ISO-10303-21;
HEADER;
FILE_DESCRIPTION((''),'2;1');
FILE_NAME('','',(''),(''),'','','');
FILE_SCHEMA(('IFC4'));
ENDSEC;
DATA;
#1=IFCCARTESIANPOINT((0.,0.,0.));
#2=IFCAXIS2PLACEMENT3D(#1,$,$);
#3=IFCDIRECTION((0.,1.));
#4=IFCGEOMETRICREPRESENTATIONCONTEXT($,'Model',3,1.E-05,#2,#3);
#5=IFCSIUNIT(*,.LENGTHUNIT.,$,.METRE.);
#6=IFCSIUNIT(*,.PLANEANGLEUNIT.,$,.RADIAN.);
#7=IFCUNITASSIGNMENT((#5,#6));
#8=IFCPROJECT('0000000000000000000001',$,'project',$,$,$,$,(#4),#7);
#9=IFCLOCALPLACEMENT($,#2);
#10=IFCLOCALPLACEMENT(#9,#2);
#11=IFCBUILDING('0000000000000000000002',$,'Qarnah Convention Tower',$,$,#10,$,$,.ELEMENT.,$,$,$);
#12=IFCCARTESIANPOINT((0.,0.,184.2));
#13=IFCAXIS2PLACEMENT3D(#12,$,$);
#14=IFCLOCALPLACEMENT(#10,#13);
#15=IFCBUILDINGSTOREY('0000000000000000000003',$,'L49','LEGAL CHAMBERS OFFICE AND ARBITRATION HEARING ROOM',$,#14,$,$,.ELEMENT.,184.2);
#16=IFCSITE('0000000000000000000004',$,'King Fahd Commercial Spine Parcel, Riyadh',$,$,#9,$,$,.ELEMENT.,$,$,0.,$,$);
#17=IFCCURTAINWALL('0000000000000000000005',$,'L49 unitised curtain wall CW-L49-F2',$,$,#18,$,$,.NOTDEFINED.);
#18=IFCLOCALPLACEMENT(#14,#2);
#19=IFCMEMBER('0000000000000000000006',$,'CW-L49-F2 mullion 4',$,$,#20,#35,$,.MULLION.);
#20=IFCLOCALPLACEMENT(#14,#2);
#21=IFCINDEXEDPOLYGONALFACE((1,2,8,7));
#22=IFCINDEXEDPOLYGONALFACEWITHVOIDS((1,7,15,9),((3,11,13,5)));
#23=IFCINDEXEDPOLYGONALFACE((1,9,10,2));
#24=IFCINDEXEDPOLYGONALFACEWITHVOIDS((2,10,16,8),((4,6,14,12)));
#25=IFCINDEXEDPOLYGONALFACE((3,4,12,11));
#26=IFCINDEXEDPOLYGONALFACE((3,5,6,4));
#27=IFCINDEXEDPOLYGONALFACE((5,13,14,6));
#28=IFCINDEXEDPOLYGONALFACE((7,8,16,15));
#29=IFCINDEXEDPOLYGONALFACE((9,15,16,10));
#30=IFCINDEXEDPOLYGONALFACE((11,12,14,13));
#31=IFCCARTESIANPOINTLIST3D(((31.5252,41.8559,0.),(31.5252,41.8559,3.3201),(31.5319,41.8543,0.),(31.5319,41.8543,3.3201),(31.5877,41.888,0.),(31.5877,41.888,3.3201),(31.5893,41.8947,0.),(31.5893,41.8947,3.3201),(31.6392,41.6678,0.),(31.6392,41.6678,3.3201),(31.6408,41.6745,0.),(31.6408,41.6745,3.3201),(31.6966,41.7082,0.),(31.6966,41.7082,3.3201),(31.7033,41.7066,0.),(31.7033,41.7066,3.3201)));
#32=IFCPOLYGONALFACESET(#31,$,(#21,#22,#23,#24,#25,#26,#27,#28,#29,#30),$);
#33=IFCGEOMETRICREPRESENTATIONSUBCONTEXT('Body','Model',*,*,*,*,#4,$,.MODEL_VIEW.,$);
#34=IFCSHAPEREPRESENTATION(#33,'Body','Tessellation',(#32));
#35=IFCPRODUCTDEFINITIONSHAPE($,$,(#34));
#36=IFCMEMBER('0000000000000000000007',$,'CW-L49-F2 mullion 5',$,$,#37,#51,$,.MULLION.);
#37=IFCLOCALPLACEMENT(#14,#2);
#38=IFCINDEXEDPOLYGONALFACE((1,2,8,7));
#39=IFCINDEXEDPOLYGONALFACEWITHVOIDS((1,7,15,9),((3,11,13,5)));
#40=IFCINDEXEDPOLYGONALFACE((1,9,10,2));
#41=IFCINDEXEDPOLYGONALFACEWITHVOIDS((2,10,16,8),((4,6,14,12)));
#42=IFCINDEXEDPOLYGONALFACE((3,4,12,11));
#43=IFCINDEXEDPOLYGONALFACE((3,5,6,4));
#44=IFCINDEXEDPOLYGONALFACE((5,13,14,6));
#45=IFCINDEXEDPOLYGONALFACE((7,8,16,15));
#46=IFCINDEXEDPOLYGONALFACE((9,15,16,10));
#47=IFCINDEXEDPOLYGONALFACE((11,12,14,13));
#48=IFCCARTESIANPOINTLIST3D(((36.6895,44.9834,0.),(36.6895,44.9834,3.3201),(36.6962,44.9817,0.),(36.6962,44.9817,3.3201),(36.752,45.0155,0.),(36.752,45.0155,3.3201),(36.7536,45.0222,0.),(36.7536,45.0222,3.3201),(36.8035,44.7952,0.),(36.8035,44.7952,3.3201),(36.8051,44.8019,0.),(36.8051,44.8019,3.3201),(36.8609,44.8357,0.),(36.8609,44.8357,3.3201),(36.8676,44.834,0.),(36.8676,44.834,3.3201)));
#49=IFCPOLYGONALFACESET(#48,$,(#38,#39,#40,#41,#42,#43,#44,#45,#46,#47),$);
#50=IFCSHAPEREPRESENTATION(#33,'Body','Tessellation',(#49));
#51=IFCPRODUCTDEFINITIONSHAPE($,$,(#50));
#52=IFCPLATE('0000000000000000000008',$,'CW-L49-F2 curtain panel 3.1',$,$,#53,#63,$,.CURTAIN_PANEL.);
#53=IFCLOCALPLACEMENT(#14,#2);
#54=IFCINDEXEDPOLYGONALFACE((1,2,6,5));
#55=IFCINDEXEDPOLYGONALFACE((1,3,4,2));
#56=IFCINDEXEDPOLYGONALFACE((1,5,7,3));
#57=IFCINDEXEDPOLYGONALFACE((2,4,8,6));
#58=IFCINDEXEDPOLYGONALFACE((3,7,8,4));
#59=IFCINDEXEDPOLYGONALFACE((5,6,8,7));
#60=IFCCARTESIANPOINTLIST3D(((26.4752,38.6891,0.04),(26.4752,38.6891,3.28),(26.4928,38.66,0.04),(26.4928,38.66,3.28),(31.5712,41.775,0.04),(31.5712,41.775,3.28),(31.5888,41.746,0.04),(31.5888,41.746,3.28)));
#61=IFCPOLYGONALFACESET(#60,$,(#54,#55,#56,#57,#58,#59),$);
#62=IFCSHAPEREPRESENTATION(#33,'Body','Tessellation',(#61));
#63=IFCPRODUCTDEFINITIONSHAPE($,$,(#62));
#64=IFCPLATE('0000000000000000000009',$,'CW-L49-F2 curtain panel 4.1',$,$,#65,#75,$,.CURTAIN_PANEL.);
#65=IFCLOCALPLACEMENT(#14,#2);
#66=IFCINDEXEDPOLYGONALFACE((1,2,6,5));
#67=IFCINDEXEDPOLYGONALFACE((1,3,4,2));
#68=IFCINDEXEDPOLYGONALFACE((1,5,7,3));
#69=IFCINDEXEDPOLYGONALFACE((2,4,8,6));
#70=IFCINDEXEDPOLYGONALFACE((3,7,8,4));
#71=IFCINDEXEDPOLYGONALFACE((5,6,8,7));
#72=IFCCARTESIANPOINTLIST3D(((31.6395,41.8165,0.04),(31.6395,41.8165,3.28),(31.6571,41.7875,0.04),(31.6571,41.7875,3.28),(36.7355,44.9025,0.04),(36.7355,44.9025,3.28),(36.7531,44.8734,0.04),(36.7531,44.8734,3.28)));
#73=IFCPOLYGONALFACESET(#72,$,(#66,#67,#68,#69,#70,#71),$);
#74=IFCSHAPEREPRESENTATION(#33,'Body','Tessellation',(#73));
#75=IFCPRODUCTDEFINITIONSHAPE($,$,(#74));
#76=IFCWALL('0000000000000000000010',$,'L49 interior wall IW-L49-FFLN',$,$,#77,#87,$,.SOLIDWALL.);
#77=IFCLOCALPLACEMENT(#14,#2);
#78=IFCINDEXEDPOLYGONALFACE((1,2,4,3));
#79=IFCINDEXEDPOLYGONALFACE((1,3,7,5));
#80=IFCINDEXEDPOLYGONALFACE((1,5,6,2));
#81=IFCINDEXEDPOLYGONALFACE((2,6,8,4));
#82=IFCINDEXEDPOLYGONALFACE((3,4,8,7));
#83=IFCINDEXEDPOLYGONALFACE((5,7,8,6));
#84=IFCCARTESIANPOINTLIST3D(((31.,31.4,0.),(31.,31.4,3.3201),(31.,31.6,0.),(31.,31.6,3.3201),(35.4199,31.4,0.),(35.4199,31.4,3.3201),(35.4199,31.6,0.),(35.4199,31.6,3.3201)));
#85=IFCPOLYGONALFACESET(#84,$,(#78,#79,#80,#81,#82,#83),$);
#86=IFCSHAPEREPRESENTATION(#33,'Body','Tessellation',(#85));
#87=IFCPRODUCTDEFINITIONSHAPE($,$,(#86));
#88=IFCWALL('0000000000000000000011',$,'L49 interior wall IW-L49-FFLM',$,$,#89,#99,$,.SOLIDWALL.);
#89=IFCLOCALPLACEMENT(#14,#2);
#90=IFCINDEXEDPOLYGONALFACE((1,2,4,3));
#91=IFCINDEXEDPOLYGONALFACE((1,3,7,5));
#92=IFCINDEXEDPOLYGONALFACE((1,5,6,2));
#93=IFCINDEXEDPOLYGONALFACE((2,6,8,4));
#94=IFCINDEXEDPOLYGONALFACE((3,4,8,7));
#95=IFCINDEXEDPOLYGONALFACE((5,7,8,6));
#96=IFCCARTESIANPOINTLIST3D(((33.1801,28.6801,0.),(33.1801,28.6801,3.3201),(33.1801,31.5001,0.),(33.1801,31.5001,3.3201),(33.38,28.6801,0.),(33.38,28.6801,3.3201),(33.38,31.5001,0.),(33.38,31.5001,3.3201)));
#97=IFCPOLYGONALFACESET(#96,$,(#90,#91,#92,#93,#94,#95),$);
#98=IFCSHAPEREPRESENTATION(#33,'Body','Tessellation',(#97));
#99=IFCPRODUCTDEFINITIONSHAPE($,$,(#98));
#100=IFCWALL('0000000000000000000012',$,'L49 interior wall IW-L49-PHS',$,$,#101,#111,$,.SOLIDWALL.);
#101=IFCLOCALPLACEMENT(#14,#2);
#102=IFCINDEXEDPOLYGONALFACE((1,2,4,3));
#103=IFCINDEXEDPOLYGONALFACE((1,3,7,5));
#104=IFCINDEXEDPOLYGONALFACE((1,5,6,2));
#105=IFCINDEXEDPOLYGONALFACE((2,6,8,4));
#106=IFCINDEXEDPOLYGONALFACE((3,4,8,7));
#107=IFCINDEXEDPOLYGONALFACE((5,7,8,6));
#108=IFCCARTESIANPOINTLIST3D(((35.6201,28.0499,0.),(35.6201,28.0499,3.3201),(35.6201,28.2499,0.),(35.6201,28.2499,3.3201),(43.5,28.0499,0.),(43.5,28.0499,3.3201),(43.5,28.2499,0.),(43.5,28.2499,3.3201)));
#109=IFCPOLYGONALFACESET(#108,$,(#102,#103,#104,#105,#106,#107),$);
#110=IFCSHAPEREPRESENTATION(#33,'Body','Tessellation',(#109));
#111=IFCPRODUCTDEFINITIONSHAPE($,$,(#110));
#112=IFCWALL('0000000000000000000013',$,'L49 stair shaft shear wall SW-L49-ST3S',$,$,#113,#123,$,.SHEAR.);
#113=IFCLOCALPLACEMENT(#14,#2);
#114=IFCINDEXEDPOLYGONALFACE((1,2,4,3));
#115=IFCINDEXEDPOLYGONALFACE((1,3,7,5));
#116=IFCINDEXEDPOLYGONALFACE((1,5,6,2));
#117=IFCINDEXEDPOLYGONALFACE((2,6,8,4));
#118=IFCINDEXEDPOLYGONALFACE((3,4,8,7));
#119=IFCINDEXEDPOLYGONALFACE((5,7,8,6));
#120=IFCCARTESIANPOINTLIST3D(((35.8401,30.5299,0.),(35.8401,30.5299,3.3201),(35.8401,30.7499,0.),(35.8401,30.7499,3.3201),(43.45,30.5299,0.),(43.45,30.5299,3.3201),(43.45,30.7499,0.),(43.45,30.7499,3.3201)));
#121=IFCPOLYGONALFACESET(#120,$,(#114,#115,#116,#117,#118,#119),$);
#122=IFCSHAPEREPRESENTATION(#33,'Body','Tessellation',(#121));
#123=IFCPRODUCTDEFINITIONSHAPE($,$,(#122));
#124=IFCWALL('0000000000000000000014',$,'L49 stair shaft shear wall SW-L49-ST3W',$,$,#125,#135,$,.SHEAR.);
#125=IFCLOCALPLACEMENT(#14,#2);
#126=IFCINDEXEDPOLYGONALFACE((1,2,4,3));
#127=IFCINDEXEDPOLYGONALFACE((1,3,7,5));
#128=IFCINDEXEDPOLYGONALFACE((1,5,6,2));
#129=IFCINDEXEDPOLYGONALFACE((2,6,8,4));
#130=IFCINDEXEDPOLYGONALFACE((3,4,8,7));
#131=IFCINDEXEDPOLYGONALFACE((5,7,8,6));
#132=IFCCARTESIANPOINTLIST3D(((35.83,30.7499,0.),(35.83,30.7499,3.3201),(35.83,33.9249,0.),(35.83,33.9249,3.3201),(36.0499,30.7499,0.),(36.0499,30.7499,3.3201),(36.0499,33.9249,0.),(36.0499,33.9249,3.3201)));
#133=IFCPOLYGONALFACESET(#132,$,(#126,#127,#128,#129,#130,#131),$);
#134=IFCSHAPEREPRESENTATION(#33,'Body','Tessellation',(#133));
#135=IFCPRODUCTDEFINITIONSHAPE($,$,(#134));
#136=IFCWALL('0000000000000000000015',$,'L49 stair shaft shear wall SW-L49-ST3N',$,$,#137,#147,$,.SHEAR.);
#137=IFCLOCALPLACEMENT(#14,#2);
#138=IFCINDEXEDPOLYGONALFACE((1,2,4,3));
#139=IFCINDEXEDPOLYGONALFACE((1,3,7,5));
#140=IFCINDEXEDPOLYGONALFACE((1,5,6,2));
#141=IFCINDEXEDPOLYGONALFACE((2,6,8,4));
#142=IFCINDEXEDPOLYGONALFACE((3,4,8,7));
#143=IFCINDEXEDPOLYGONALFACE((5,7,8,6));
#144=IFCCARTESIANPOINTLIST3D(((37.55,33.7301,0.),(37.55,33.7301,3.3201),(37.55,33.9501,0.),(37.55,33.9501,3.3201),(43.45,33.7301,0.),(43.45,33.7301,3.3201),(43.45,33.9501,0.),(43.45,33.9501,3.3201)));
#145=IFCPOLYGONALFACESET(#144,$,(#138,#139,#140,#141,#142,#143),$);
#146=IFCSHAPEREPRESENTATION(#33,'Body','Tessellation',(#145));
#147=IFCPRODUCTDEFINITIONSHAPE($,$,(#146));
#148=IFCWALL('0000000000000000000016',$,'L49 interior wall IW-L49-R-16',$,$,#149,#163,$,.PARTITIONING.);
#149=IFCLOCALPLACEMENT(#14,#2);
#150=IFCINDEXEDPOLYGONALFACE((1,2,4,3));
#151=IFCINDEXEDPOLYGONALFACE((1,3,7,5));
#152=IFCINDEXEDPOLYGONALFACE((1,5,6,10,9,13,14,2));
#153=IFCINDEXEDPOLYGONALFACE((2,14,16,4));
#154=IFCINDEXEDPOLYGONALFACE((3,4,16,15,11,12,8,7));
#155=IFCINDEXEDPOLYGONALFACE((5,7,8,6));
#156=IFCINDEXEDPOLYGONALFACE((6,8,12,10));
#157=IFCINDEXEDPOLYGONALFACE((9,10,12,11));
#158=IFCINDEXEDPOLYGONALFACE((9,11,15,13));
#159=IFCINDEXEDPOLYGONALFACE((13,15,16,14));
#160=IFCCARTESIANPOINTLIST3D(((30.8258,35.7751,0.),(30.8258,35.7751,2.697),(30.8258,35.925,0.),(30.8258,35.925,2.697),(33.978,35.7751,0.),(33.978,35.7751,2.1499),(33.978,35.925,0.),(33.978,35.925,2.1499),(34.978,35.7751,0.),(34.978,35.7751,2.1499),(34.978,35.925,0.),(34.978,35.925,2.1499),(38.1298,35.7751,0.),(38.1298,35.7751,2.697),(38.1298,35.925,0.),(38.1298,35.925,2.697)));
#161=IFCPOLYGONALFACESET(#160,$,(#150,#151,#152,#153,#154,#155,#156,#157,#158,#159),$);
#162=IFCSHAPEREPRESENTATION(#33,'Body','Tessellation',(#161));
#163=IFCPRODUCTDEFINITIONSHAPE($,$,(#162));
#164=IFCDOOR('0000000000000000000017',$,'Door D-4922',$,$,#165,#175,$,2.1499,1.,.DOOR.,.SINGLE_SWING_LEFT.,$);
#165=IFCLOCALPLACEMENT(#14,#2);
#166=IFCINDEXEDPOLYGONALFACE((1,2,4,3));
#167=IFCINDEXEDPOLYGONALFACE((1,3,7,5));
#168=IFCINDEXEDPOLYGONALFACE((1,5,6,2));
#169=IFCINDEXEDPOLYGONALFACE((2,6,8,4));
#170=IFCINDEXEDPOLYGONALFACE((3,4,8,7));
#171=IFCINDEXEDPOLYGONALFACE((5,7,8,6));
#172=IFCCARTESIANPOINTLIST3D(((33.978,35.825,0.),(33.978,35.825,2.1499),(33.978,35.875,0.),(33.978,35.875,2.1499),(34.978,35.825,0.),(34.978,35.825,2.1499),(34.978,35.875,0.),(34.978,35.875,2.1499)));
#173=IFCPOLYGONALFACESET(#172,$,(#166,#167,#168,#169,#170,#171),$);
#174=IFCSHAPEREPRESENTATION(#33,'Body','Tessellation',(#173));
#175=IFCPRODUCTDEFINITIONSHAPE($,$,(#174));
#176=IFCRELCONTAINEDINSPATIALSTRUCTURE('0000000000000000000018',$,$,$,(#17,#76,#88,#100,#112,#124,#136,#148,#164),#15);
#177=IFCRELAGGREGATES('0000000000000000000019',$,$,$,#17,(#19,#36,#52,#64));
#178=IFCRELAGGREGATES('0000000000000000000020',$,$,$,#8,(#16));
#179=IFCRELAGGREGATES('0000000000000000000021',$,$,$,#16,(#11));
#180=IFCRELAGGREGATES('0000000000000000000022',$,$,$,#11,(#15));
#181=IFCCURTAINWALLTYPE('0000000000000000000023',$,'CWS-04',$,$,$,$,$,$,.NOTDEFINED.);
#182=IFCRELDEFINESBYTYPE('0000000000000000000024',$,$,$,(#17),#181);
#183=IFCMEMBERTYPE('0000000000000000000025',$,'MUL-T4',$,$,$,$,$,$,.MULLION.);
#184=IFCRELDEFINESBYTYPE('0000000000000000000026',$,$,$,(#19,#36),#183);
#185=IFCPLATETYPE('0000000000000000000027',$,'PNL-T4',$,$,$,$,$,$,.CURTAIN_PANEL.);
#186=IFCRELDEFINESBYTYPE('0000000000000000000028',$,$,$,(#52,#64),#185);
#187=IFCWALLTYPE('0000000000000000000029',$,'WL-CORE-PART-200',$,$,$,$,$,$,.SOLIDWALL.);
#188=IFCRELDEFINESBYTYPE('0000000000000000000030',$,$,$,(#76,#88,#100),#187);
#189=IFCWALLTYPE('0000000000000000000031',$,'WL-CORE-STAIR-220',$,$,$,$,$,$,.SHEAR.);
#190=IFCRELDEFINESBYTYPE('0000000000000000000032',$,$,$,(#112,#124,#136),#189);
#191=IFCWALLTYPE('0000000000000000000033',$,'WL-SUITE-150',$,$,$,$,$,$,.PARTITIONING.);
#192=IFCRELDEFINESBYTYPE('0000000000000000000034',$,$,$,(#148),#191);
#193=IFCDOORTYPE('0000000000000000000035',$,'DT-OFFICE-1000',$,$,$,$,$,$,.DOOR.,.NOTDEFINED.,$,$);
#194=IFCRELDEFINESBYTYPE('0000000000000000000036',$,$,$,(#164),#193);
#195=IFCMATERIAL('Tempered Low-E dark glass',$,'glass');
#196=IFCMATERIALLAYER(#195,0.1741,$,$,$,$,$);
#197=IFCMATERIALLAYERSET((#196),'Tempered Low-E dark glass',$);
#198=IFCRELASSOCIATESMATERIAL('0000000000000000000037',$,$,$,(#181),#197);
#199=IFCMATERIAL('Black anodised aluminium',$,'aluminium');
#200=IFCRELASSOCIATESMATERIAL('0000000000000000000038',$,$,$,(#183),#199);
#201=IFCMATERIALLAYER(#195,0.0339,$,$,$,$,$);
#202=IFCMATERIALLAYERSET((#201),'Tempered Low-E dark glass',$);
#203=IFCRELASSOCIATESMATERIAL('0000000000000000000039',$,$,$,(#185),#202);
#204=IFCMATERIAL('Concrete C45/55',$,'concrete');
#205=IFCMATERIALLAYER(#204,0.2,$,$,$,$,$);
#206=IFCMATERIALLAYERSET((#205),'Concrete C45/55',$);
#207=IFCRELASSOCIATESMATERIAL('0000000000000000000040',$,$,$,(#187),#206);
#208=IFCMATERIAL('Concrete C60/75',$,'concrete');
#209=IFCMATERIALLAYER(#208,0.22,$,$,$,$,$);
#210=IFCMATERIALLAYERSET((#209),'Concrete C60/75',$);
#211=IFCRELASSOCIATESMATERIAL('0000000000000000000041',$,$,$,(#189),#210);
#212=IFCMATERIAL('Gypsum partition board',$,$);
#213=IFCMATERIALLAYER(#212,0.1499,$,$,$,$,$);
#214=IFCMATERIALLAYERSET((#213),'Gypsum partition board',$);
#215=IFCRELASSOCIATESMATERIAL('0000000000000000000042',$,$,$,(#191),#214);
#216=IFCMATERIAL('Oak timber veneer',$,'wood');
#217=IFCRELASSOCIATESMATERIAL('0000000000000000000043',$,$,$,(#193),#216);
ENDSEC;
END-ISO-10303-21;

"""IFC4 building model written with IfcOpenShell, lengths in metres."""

from ifc_helpers import new_model, si_unit, direction, frame, frame_2d, origin, origin_2d, place, context, subcontext, project, spatial, rectangle, hollow_rectangle, extrude, material, layer, layer_set, material_profile, profile_set, type_object, element, fill, aggregate, save


model = new_model("IFC4")

# Units and contexts
model_context = context("Model", 3, precision=1e-05, world=origin(), true_north=direction((0.0, 1.0)))
body_context = subcontext(model_context, "Body", "Model", "MODEL_VIEW")
ifc_project = project(units=[si_unit("LENGTHUNIT", "METRE"), si_unit("PLANEANGLEUNIT", "RADIAN")], contexts=[model_context])

# Site, building, storey
site_placement = place(None, origin())
site = spatial("IfcSite", under=ifc_project, at=site_placement, Name="King Fahd Commercial Spine Parcel, Riyadh", CompositionType="ELEMENT", RefElevation=0.0)
building_placement = place(site_placement, origin())
building = spatial("IfcBuilding", under=site, at=building_placement, Name="Qarnah Convention Tower", CompositionType="ELEMENT")
storey_placement = place(building_placement, frame((0.0, 0.0, 184.2)))
storey = spatial("IfcBuildingStorey", under=building, at=storey_placement, Name="L49", Description="LEGAL CHAMBERS OFFICE AND ARBITRATION HEARING ROOM", CompositionType="ELEMENT", Elevation=184.2)

# Curtain wall, members, plates
ifc_material_1 = material(Name="Tempered Low-E dark glass", Category="glass")
ifc_layer_1 = layer(ifc_material_1, 0.1741)
ifc_layer_set_1 = layer_set([ifc_layer_1], Name="Tempered Low-E dark glass")
curtain_wall_type = type_object("IfcCurtainWallType", Name="CWS-04", PredefinedType="NOTDEFINED", material=ifc_layer_set_1)
curtain_wall_placement = place(storey_placement, origin())
curtain_wall = element("IfcCurtainWall", 1, at=curtain_wall_placement, inside=storey, type_object=curtain_wall_type, Name="L49 unitised curtain wall CW-L49-F2", PredefinedType="NOTDEFINED")
ifc_material_2 = material(Name="Black anodised aluminium", Category="aluminium")
ifc_material_profile_1 = material_profile(ifc_material_2, hollow_rectangle(XDim=0.075, YDim=0.22, WallThickness=0.0049, at=origin_2d()), Name="MUL-75X220")
ifc_profile_set_1 = profile_set([ifc_material_profile_1], Name="Black anodised aluminium")
member_type = type_object("IfcMemberType", Name="MUL-T4", PredefinedType="MULLION", material=ifc_profile_set_1)
member_1_placement = place(storey_placement, frame((31.6143, 41.7812, 0.0), z_axis=(0.0, 0.0, 1.0), x_axis=(0.855384, 0.517994, 0.0)))
member_1 = element("IfcMember", 2, at=member_1_placement, type_object=member_type, Name="CW-L49-F2 mullion 4", PredefinedType="MULLION", context=body_context, shape_type="SweptSolid", body=[
    extrude(hollow_rectangle(XDim=0.075, YDim=0.22, WallThickness=0.0049, at=origin_2d()), origin(), (0.0, 0.0, 1.0), 3.3201),
])
member_2_placement = place(storey_placement, frame((36.7786, 44.9087, 0.0), z_axis=(0.0, 0.0, 1.0), x_axis=(0.855384, 0.517994, 0.0)))
member_2 = element("IfcMember", 3, at=member_2_placement, type_object=member_type, Name="CW-L49-F2 mullion 5", PredefinedType="MULLION", context=body_context, shape_type="SweptSolid", body=[
    extrude(hollow_rectangle(XDim=0.075, YDim=0.22, WallThickness=0.0049, at=origin_2d()), origin(), (0.0, 0.0, 1.0), 3.3201),
])
ifc_layer_2 = layer(ifc_material_1, 0.0339)
ifc_layer_set_2 = layer_set([ifc_layer_2], Name="Tempered Low-E dark glass")
plate_type = type_object("IfcPlateType", Name="PNL-T4", PredefinedType="CURTAIN_PANEL", material=ifc_layer_set_2)
plate_1_placement = place(storey_placement, frame((29.032, 40.2175, 0.04), z_axis=(0.0, 0.0, 1.0), x_axis=(0.855384, 0.517994, 0.0)))
plate_1 = element("IfcPlate", 4, at=plate_1_placement, type_object=plate_type, Name="CW-L49-F2 curtain panel 3.1", PredefinedType="CURTAIN_PANEL", context=body_context, shape_type="SweptSolid", body=[
    extrude(rectangle(XDim=5.9575, YDim=0.0339, at=origin_2d()), origin(), (0.0, 0.0, 1.0), 3.24),
])
plate_2_placement = place(storey_placement, frame((34.1963, 43.345, 0.04), z_axis=(0.0, 0.0, 1.0), x_axis=(0.855384, 0.517994, 0.0)))
plate_2 = element("IfcPlate", 5, at=plate_2_placement, type_object=plate_type, Name="CW-L49-F2 curtain panel 4.1", PredefinedType="CURTAIN_PANEL", context=body_context, shape_type="SweptSolid", body=[
    extrude(rectangle(XDim=5.9575, YDim=0.0339, at=origin_2d()), origin(), (0.0, 0.0, 1.0), 3.24),
])
aggregate(curtain_wall, [member_1, member_2, plate_1, plate_2])

# Shared definitions
ifc_material_3 = material(Name="Concrete C45/55", Category="concrete")
ifc_layer_3 = layer(ifc_material_3, 0.2)
ifc_layer_set_3 = layer_set([ifc_layer_3], Name="Concrete C45/55")
wall_type_1 = type_object("IfcWallType", Name="WL-CORE-PART-200", PredefinedType="SOLIDWALL", material=ifc_layer_set_3)

# Walls
wall_1_placement = place(storey_placement, frame((31.0, 31.5, 0.0), z_axis=(0.0, 0.0, 1.0), x_axis=(1.0, 0.0, 0.0)))
element("IfcWall", 6, at=wall_1_placement, inside=storey, type_object=wall_type_1, Name="L49 interior wall IW-L49-FFLN", PredefinedType="SOLIDWALL", context=body_context, shape_type="SweptSolid", body=[
    extrude(rectangle(XDim=4.4199, YDim=0.2, at=frame_2d((2.21, 0.0))), origin(), (0.0, 0.0, 1.0), 3.3201),
])
wall_2_placement = place(storey_placement, frame((33.28, 28.6799, 0.0), z_axis=(0.0, 0.0, 1.0), x_axis=(0.0, 1.0, 0.0)))
element("IfcWall", 7, at=wall_2_placement, inside=storey, type_object=wall_type_1, Name="L49 interior wall IW-L49-FFLM", PredefinedType="SOLIDWALL", context=body_context, shape_type="SweptSolid", body=[
    extrude(rectangle(XDim=2.8201, YDim=0.2, at=frame_2d((1.4102, 0.0))), origin(), (0.0, 0.0, 1.0), 3.3201),
])
wall_3_placement = place(storey_placement, frame((35.6201, 28.1499, 0.0), z_axis=(0.0, 0.0, 1.0), x_axis=(1.0, 0.0, 0.0)))
element("IfcWall", 8, at=wall_3_placement, inside=storey, type_object=wall_type_1, Name="L49 interior wall IW-L49-PHS", PredefinedType="SOLIDWALL", context=body_context, shape_type="SweptSolid", body=[
    extrude(rectangle(XDim=7.8799, YDim=0.2, at=frame_2d((3.9399, 0.0))), origin(), (0.0, 0.0, 1.0), 3.3201),
])

# Walls
ifc_material_4 = material(Name="Concrete C60/75", Category="concrete")
ifc_layer_4 = layer(ifc_material_4, 0.22)
ifc_layer_set_4 = layer_set([ifc_layer_4], Name="Concrete C60/75")
wall_type_2 = type_object("IfcWallType", Name="WL-CORE-STAIR-220", PredefinedType="SHEAR", material=ifc_layer_set_4)
wall_4_placement = place(storey_placement, frame((35.8401, 30.6399, 0.0), z_axis=(0.0, 0.0, 1.0), x_axis=(1.0, 0.0, 0.0)))
element("IfcWall", 9, at=wall_4_placement, inside=storey, type_object=wall_type_2, Name="L49 stair shaft shear wall SW-L49-ST3S", PredefinedType="SHEAR", context=body_context, shape_type="SweptSolid", body=[
    extrude(rectangle(XDim=7.6099, YDim=0.22, at=frame_2d((3.8049, 0.0))), origin(), (0.0, 0.0, 1.0), 3.3201),
])
wall_5_placement = place(storey_placement, frame((35.9399, 30.75, 0.0), z_axis=(0.0, 0.0, 1.0), x_axis=(0.0, 1.0, 0.0)))
element("IfcWall", 10, at=wall_5_placement, inside=storey, type_object=wall_type_2, Name="L49 stair shaft shear wall SW-L49-ST3W", PredefinedType="SHEAR", context=body_context, shape_type="SweptSolid", body=[
    extrude(rectangle(XDim=3.175, YDim=0.22, at=frame_2d((1.5874, 0.0))), origin(), (0.0, 0.0, 1.0), 3.3201),
])
wall_6_placement = place(storey_placement, frame((37.55, 33.8401, 0.0), z_axis=(0.0, 0.0, 1.0), x_axis=(1.0, 0.0, 0.0)))
element("IfcWall", 11, at=wall_6_placement, inside=storey, type_object=wall_type_2, Name="L49 stair shaft shear wall SW-L49-ST3N", PredefinedType="SHEAR", context=body_context, shape_type="SweptSolid", body=[
    extrude(rectangle(XDim=5.8999, YDim=0.22, at=frame_2d((2.95, 0.0))), origin(), (0.0, 0.0, 1.0), 3.3201),
])

# Wall, opening, door
ifc_material_5 = material(Name="Gypsum partition board")
ifc_layer_5 = layer(ifc_material_5, 0.1499)
ifc_layer_set_5 = layer_set([ifc_layer_5], Name="Gypsum partition board")
wall_type_3 = type_object("IfcWallType", Name="WL-SUITE-150", PredefinedType="PARTITIONING", material=ifc_layer_set_5)
wall_7_placement = place(storey_placement, frame((30.8259, 35.8501, 0.0), z_axis=(0.0, 0.0, 1.0), x_axis=(1.0, 0.0, 0.0)))
wall_7 = element("IfcWall", 12, at=wall_7_placement, inside=storey, type_object=wall_type_3, Name="L49 interior wall IW-L49-R-16", PredefinedType="PARTITIONING", context=body_context, shape_type="SweptSolid", body=[
    extrude(rectangle(XDim=7.304, YDim=0.1499, at=frame_2d((3.6519, 0.0))), origin(), (0.0, 0.0, 1.0), 2.697),
])
opening_1_placement = place(wall_7_placement, frame((3.1521, 0.0, 0.0)))
opening_1 = element("IfcOpeningElement", 13, at=opening_1_placement, cuts=wall_7, PredefinedType="OPENING", context=body_context, shape_type="SweptSolid", body=[
    extrude(rectangle(XDim=1.0, YDim=2.1499, at=frame_2d((0.5, 1.075))), frame((0.0, 0.085, 0.0), z_axis=(0.0, -1.0, 0.0), x_axis=(1.0, 0.0, 0.0)), (0.0, 0.0, 1.0), 0.1699),
])
ifc_material_6 = material(Name="Oak timber veneer", Category="wood")
door_type_1 = type_object("IfcDoorType", Name="DT-OFFICE-1000", OperationType="NOTDEFINED", PredefinedType="DOOR", material=ifc_material_6)
door_1_placement = place(opening_1_placement, origin())
door_1 = element("IfcDoor", 14, at=door_1_placement, inside=storey, type_object=door_type_1, Name="Door D-4922", OperationType="SINGLE_SWING_LEFT", OverallHeight=2.1499, OverallWidth=1.0, PredefinedType="DOOR", context=body_context, shape_type="SweptSolid", body=[
    extrude(rectangle(XDim=1.0, YDim=2.1499, at=frame_2d((0.5, 1.075))), frame((0.0, 0.0249, 0.0), z_axis=(0.0, -1.0, 0.0), x_axis=(1.0, 0.0, 0.0)), (0.0, 0.0, 1.0), 0.05),
])
fill(opening_1, door_1)

save(model, "model.ifc")
